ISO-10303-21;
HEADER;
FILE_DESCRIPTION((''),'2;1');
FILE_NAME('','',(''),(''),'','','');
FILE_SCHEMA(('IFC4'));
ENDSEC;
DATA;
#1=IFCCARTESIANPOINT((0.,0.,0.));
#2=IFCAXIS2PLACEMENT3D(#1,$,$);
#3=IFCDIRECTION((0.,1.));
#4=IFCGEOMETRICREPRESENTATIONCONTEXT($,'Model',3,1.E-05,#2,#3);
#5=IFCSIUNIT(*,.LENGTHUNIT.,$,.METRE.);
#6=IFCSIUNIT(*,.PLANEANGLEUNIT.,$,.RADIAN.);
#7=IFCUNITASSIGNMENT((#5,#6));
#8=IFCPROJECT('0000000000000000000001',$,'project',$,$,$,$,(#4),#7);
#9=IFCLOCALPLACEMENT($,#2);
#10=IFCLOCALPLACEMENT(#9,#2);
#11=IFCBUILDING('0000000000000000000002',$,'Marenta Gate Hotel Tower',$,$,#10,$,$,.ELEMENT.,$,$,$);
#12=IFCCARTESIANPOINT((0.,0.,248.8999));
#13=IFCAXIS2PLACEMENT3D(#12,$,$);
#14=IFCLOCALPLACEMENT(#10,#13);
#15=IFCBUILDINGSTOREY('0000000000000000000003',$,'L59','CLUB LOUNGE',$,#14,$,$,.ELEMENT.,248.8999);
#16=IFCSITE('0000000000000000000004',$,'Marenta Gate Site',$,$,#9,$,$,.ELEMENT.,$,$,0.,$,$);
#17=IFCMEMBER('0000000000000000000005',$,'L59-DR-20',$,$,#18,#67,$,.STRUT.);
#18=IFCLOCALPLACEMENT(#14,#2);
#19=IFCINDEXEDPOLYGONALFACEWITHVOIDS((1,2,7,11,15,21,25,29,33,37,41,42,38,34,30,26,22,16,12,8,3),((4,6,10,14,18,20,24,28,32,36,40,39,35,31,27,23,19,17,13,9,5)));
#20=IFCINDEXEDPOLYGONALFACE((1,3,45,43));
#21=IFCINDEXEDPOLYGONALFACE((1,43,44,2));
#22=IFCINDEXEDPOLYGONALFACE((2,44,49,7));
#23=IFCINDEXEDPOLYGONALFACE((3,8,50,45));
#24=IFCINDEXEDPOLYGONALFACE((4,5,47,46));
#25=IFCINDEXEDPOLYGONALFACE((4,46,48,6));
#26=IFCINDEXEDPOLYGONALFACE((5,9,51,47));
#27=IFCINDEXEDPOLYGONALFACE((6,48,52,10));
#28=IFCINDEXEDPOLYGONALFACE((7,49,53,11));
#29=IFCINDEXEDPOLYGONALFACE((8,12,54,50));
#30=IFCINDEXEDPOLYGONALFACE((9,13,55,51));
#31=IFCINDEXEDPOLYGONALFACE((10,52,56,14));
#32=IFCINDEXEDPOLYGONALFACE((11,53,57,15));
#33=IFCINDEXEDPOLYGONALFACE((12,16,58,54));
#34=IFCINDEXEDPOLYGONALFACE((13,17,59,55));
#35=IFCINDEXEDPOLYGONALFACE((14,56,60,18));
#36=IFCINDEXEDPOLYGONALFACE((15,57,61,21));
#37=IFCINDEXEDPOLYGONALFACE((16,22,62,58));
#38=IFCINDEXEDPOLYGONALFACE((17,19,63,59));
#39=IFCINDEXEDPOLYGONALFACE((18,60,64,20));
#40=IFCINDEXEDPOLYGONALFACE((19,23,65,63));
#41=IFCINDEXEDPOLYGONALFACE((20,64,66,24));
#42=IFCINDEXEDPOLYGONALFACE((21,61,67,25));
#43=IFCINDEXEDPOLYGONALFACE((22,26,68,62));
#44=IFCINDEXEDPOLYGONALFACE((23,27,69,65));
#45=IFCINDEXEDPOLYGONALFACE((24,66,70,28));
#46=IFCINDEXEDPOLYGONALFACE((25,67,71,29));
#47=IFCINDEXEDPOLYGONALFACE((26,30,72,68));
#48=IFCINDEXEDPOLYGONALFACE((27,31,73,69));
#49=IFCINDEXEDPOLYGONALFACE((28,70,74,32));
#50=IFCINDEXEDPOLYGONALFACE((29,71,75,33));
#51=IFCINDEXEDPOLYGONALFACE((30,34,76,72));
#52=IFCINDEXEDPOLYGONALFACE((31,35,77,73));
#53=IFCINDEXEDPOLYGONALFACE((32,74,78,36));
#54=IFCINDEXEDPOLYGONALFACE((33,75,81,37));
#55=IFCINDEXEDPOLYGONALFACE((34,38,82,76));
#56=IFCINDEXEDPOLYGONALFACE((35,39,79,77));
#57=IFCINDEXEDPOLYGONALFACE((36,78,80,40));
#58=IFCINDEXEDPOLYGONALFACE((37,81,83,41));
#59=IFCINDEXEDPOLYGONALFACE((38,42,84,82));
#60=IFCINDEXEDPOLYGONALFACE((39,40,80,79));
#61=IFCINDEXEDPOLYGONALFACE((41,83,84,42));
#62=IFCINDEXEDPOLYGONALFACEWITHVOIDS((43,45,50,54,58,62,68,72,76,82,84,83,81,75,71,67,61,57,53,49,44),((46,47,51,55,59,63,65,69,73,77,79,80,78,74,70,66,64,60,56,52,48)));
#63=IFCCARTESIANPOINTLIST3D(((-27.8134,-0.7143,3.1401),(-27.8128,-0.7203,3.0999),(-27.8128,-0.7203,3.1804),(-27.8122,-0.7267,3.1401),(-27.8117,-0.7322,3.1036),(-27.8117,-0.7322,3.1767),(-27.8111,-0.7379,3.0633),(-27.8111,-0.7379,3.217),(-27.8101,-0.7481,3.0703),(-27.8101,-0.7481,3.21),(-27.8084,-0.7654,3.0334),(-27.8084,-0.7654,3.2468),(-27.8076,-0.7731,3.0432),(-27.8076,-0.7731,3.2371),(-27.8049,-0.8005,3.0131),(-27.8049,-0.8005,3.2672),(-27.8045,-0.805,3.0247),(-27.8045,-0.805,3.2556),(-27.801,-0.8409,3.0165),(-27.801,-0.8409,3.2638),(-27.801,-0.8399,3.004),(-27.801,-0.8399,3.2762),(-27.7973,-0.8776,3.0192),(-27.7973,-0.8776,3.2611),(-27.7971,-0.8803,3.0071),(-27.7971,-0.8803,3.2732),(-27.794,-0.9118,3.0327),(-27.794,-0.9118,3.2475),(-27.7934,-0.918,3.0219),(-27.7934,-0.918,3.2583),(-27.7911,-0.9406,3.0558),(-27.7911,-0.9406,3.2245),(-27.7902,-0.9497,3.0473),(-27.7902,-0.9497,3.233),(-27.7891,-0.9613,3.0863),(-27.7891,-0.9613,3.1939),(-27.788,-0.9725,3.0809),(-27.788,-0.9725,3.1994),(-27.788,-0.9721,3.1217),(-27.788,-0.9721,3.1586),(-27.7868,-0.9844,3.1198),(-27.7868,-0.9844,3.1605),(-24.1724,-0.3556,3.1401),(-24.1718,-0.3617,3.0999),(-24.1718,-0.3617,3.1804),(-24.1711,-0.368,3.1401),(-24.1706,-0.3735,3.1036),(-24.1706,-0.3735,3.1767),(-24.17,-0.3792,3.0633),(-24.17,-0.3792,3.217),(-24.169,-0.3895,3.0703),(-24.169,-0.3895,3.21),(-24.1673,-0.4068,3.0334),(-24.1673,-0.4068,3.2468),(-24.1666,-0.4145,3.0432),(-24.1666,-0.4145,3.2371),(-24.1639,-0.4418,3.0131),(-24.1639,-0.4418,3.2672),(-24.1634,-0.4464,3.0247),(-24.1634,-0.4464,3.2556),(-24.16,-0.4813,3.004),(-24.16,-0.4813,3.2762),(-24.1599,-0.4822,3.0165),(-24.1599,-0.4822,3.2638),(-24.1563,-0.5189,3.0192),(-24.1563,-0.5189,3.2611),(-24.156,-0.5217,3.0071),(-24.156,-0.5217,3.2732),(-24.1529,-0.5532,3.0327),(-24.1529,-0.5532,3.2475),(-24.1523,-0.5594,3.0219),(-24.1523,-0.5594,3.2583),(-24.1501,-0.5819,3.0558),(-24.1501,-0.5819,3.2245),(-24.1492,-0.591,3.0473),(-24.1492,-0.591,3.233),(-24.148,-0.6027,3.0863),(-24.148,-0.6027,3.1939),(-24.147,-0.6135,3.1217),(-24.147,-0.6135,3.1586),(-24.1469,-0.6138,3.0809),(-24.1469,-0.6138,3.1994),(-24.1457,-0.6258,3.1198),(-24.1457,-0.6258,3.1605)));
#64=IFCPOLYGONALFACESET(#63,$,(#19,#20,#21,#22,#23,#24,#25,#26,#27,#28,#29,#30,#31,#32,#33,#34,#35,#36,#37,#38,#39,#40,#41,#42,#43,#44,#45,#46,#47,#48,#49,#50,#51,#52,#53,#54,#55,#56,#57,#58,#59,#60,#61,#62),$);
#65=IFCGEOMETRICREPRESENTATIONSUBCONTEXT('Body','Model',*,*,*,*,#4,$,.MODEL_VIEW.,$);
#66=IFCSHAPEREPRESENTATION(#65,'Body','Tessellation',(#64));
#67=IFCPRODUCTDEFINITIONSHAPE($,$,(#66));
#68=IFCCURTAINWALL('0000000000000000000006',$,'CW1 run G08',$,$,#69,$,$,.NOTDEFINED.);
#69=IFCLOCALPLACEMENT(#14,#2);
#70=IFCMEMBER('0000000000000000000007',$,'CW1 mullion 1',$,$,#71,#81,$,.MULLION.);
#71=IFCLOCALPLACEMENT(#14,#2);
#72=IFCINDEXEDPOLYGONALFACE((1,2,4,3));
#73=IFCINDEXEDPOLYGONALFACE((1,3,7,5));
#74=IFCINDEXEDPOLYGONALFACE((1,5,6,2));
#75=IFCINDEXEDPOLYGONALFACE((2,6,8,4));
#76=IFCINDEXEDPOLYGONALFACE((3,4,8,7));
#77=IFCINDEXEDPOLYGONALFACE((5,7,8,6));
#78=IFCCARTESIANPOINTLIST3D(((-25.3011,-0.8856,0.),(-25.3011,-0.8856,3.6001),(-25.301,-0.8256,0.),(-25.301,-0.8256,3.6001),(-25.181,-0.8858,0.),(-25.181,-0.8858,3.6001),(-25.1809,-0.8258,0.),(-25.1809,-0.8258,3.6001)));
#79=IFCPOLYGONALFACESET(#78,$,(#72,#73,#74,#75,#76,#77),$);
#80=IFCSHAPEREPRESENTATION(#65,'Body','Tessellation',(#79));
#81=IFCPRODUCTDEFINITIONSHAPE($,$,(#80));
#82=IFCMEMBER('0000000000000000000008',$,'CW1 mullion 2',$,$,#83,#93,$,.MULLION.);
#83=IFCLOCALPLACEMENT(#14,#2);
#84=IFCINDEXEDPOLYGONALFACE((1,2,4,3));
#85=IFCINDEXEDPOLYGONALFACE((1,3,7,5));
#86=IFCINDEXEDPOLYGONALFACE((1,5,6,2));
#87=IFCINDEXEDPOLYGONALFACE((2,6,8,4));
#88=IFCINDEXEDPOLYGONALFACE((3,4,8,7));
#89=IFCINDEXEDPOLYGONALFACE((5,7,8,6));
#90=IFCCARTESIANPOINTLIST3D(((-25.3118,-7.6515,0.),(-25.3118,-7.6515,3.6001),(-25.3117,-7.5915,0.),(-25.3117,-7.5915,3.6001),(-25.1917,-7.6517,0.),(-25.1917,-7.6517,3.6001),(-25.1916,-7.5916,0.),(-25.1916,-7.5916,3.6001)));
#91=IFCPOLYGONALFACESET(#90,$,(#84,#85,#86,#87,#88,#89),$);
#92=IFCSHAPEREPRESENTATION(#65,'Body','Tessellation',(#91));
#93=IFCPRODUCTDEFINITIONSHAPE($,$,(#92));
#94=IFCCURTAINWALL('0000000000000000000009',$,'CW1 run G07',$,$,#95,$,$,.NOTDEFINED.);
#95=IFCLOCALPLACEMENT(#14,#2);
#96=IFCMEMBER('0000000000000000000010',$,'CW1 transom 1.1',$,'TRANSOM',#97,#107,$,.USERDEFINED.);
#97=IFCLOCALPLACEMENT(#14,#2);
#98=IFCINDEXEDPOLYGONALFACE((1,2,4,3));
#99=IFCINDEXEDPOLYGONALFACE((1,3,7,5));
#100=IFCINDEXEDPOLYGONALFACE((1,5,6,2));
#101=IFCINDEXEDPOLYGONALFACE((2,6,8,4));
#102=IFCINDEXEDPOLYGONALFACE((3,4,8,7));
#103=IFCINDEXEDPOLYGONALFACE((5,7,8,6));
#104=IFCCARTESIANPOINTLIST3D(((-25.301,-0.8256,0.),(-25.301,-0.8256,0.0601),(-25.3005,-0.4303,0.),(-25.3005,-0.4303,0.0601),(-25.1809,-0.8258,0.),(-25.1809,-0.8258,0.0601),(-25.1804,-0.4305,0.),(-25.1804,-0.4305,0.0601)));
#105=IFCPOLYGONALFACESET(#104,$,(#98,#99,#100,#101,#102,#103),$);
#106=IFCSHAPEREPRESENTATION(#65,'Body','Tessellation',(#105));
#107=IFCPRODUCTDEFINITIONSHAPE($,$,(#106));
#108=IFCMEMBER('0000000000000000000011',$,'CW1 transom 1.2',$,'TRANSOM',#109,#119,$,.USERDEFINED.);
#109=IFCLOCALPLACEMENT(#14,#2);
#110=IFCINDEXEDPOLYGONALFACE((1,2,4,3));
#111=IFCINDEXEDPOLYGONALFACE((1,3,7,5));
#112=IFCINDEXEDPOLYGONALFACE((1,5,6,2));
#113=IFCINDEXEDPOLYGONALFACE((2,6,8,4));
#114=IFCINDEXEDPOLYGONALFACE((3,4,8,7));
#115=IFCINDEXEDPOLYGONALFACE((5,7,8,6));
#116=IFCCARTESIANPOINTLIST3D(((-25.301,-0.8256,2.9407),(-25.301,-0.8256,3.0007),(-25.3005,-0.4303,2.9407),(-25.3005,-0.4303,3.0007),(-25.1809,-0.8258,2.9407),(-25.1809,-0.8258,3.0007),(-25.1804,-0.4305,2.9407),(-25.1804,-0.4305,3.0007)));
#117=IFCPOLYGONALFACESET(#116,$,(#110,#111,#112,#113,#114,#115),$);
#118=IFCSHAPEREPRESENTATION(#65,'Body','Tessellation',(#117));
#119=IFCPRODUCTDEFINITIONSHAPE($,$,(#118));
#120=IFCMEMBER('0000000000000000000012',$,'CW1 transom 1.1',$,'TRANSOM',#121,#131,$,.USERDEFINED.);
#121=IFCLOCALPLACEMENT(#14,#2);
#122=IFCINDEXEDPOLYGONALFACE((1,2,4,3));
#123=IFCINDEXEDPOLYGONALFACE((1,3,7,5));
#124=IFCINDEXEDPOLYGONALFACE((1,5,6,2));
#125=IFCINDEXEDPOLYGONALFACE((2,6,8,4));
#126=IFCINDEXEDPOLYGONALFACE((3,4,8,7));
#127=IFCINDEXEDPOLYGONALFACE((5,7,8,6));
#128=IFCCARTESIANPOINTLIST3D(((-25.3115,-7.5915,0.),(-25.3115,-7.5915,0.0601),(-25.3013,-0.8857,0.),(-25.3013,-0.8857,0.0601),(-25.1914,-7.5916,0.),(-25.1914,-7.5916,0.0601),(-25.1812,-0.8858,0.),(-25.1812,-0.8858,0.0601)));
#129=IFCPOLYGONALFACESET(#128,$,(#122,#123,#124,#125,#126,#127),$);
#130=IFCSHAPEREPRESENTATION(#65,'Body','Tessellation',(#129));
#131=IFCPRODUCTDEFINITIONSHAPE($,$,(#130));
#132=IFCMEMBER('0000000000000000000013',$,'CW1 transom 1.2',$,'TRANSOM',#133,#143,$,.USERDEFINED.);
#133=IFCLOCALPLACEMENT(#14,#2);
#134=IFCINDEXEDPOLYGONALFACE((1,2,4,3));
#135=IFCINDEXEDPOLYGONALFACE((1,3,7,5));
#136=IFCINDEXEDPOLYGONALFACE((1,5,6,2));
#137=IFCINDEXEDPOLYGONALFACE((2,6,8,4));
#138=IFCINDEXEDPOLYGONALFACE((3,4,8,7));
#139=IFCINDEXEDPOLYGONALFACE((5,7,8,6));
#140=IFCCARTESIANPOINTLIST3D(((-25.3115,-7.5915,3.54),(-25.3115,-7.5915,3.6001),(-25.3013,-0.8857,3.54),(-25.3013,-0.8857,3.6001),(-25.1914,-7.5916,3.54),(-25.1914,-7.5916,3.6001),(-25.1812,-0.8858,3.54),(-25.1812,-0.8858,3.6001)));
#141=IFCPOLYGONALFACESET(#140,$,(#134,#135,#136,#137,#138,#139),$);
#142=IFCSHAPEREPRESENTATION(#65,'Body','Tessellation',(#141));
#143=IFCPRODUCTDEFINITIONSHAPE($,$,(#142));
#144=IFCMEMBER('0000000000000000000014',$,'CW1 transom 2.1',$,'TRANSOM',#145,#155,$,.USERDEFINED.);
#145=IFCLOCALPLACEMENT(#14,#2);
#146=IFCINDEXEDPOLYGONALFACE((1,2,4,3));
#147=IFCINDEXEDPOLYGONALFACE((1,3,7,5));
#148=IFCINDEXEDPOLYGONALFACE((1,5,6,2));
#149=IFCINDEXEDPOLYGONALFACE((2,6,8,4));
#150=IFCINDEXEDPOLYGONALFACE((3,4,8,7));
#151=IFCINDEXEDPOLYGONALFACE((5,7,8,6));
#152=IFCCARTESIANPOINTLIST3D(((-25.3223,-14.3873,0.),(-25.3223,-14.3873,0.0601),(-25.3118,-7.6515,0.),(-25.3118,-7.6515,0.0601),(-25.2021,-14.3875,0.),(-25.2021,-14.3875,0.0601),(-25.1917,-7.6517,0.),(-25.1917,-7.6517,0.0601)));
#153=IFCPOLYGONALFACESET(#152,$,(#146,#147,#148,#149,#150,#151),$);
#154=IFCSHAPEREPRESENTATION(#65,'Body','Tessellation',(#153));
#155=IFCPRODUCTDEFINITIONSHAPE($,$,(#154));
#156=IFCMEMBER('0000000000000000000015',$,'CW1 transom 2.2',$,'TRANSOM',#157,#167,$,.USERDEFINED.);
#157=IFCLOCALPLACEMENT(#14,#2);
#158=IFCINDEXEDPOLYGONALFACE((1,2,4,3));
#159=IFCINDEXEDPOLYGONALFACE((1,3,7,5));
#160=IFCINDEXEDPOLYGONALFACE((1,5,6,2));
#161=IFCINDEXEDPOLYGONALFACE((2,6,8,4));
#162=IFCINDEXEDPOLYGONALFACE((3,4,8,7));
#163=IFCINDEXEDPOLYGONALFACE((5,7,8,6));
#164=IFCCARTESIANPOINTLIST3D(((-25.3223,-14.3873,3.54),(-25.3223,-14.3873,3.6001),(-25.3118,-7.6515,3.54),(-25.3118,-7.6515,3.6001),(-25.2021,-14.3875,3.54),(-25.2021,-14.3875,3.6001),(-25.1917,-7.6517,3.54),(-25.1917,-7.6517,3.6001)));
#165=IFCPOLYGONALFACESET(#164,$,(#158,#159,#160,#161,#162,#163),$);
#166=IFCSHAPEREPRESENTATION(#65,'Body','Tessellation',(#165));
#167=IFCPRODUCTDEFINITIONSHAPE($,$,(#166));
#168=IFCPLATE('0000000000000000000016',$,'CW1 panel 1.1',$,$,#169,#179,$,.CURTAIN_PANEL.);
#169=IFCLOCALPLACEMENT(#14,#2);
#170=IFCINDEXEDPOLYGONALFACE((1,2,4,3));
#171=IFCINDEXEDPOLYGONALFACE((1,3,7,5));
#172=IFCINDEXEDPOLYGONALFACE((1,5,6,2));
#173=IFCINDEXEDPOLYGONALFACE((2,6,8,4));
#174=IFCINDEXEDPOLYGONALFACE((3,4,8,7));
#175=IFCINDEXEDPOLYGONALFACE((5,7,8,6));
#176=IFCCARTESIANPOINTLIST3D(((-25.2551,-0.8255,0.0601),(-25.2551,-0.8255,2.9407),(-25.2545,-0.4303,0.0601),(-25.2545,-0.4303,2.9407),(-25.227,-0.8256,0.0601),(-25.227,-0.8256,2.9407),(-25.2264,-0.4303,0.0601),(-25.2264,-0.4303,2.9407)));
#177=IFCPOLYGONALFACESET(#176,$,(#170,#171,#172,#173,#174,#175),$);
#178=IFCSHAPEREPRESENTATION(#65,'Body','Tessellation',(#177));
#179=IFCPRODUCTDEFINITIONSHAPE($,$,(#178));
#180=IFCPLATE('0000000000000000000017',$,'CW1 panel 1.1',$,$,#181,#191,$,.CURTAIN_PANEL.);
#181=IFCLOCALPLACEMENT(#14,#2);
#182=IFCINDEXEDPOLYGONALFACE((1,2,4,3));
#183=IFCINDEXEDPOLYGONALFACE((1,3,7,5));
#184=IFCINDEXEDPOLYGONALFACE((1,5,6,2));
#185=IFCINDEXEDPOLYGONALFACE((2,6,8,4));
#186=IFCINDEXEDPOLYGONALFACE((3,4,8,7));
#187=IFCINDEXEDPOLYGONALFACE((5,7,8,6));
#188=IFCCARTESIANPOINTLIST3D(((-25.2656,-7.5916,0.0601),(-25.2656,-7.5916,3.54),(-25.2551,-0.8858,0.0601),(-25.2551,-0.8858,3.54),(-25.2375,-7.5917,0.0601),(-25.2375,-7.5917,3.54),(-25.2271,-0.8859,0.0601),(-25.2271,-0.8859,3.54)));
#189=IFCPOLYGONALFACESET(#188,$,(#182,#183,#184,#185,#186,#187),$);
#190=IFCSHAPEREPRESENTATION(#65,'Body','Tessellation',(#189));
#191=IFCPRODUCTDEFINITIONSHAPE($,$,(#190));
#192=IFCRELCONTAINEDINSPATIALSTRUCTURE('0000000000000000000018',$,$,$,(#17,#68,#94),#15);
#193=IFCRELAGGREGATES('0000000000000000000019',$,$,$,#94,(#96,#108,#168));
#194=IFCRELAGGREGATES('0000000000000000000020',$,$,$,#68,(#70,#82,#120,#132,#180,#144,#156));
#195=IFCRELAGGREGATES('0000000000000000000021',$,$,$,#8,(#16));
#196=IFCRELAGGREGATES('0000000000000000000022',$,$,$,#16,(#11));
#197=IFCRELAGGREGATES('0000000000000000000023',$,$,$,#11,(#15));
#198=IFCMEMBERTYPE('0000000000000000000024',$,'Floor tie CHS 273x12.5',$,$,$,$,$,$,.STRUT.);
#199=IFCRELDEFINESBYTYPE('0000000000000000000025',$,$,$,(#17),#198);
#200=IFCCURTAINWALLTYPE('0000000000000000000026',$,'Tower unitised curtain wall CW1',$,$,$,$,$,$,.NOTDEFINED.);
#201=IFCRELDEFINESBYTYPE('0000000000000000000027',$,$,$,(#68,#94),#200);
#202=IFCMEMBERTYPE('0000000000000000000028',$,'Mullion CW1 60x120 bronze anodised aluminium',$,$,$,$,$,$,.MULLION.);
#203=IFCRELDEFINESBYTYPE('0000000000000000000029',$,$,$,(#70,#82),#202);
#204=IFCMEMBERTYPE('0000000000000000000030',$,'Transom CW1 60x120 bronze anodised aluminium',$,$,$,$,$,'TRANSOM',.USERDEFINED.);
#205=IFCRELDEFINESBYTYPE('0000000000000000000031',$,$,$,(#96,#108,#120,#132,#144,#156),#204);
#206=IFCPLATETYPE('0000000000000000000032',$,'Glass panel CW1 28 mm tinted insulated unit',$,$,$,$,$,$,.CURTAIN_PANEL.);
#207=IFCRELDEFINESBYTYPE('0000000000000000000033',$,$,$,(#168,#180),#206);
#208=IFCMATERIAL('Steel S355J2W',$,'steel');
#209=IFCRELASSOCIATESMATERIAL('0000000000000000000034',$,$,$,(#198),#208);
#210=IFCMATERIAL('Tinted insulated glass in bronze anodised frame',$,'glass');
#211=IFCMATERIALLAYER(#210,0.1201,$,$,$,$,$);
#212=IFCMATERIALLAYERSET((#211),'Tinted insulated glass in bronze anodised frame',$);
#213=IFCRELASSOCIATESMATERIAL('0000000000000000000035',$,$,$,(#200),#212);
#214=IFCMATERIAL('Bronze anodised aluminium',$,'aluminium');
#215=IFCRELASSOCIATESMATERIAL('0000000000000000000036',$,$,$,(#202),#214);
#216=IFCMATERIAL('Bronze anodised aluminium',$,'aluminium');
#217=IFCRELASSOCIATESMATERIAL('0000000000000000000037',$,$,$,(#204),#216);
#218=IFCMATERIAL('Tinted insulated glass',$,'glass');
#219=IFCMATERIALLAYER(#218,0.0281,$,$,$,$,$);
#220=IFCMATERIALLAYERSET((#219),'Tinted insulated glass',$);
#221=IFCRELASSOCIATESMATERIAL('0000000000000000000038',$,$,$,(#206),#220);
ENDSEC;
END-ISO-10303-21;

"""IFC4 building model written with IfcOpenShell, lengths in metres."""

from ifc_helpers import new_model, si_unit, direction, frame, origin, origin_2d, place, context, subcontext, project, spatial, rectangle, hollow_circle, extrude, material, layer, layer_set, material_profile, profile_set, type_object, element, aggregate, save


model = new_model("IFC4")

# Units and contexts
model_context = context("Model", 3, precision=1e-05, world=origin(), true_north=direction((0.0, 1.0)))
body_context = subcontext(model_context, "Body", "Model", "MODEL_VIEW")
ifc_project = project(units=[si_unit("LENGTHUNIT", "METRE"), si_unit("PLANEANGLEUNIT", "RADIAN")], contexts=[model_context])

# Site, building, storey
site_placement = place(None, origin())
site = spatial("IfcSite", under=ifc_project, at=site_placement, Name="Marenta Gate Site", CompositionType="ELEMENT", RefElevation=0.0)
building_placement = place(site_placement, origin())
building = spatial("IfcBuilding", under=site, at=building_placement, Name="Marenta Gate Hotel Tower", CompositionType="ELEMENT")
storey_placement = place(building_placement, frame((0.0, 0.0, 248.8999)))
storey = spatial("IfcBuildingStorey", under=building, at=storey_placement, Name="L59", Description="CLUB LOUNGE", CompositionType="ELEMENT", Elevation=248.8999)

# Member
ifc_material_1 = material(Name="Steel S355J2W", Category="steel")
ifc_material_profile_1 = material_profile(ifc_material_1, hollow_circle(Radius=0.1365, WallThickness=0.0125, at=origin_2d()), Name="CHS 273x12.5")
ifc_profile_set_1 = profile_set([ifc_material_profile_1], Name="Steel S355J2W")
member_type_1 = type_object("IfcMemberType", Name="Floor tie CHS 273x12.5", PredefinedType="STRUT", material=ifc_profile_set_1)
member_1_placement = place(storey_placement, frame((-27.8, -0.8501, 3.1401), z_axis=(0.995184, 0.098024, 0.0), x_axis=(-0.098024, 0.995184, 0.0)))
element("IfcMember", 1, at=member_1_placement, inside=storey, type_object=member_type_1, Name="L59-DR-20", PredefinedType="STRUT", context=body_context, shape_type="SweptSolid", body=[
    extrude(hollow_circle(Radius=0.1365, WallThickness=0.0125, at=origin_2d()), origin(), (0.0, 0.0, 1.0), 3.6587),
])

# Curtain walls, members
ifc_material_2 = material(Name="Tinted insulated glass in bronze anodised frame", Category="glass")
ifc_layer_1 = layer(ifc_material_2, 0.1201)
ifc_layer_set_1 = layer_set([ifc_layer_1], Name="Tinted insulated glass in bronze anodised frame")
curtain_wall_type = type_object("IfcCurtainWallType", Name="Tower unitised curtain wall CW1", PredefinedType="NOTDEFINED", material=ifc_layer_set_1)
curtain_wall_1_placement = place(storey_placement, origin())
curtain_wall_1 = element("IfcCurtainWall", 2, at=curtain_wall_1_placement, inside=storey, type_object=curtain_wall_type, Name="CW1 run G08", PredefinedType="NOTDEFINED")
ifc_material_3 = material(Name="Bronze anodised aluminium", Category="aluminium")
ifc_material_profile_2 = material_profile(ifc_material_3, rectangle(XDim=0.1201, YDim=0.0601, at=origin_2d()), Name="Mullion CW1 60x120 bronze anodised aluminium")
ifc_profile_set_2 = profile_set([ifc_material_profile_2], Name="Bronze anodised aluminium")
member_type_2 = type_object("IfcMemberType", Name="Mullion CW1 60x120 bronze anodised aluminium", PredefinedType="MULLION", material=ifc_profile_set_2)
member_2_placement = place(storey_placement, frame((-25.241, -0.8557, 0.0), z_axis=(0.0, 0.0, 1.0), x_axis=(0.999999, -0.001565, 0.0)))
member_2 = element("IfcMember", 3, at=member_2_placement, type_object=member_type_2, Name="CW1 mullion 1", PredefinedType="MULLION", context=body_context, shape_type="SweptSolid", body=[
    extrude(rectangle(XDim=0.1201, YDim=0.0601, at=origin_2d()), origin(), (0.0, 0.0, 1.0), 3.6001),
])
member_3_placement = place(storey_placement, frame((-25.2517, -7.6216, 0.0), z_axis=(0.0, 0.0, 1.0), x_axis=(0.999999, -0.001565, 0.0)))
member_3 = element("IfcMember", 4, at=member_3_placement, type_object=member_type_2, Name="CW1 mullion 2", PredefinedType="MULLION", context=body_context, shape_type="SweptSolid", body=[
    extrude(rectangle(XDim=0.1201, YDim=0.0601, at=origin_2d()), origin(), (0.0, 0.0, 1.0), 3.6001),
])
curtain_wall_2_placement = place(storey_placement, origin())
curtain_wall_2 = element("IfcCurtainWall", 5, at=curtain_wall_2_placement, inside=storey, type_object=curtain_wall_type, Name="CW1 run G07", PredefinedType="NOTDEFINED")
ifc_material_4 = material(Name="Bronze anodised aluminium", Category="aluminium")
ifc_material_profile_3 = material_profile(ifc_material_4, rectangle(XDim=0.1201, YDim=0.0601, at=origin_2d()), Name="Transom CW1 60x120 bronze anodised aluminium")
ifc_profile_set_3 = profile_set([ifc_material_profile_3], Name="Bronze anodised aluminium")
member_type_3 = type_object("IfcMemberType", Name="Transom CW1 60x120 bronze anodised aluminium", ElementType="TRANSOM", PredefinedType="USERDEFINED", material=ifc_profile_set_3)
member_4_placement = place(storey_placement, frame((-25.2405, -0.4304, 0.03), z_axis=(-0.001235, -0.999999, 0.0), x_axis=(0.999999, -0.001235, 0.0)))
member_4 = element("IfcMember", 6, at=member_4_placement, type_object=member_type_3, Name="CW1 transom 1.1", ObjectType="TRANSOM", PredefinedType="USERDEFINED", context=body_context, shape_type="SweptSolid", body=[
    extrude(rectangle(XDim=0.1201, YDim=0.0601, at=origin_2d()), origin(), (0.0, 0.0, 1.0), 0.3953),
])
member_5_placement = place(storey_placement, frame((-25.2405, -0.4304, 2.9707), z_axis=(-0.001235, -0.999999, 0.0), x_axis=(0.999999, -0.001235, 0.0)))
member_5 = element("IfcMember", 7, at=member_5_placement, type_object=member_type_3, Name="CW1 transom 1.2", ObjectType="TRANSOM", PredefinedType="USERDEFINED", context=body_context, shape_type="SweptSolid", body=[
    extrude(rectangle(XDim=0.1201, YDim=0.0601, at=origin_2d()), origin(), (0.0, 0.0, 1.0), 0.3953),
])

# Members
member_6_placement = place(storey_placement, frame((-25.2412, -0.8857, 0.03), z_axis=(-0.001529, -0.999999, 0.0), x_axis=(0.999999, -0.001529, 0.0)))
member_6 = element("IfcMember", 8, at=member_6_placement, type_object=member_type_3, Name="CW1 transom 1.1", ObjectType="TRANSOM", PredefinedType="USERDEFINED", context=body_context, shape_type="SweptSolid", body=[
    extrude(rectangle(XDim=0.1201, YDim=0.0601, at=origin_2d()), origin(), (0.0, 0.0, 1.0), 6.7058),
])
member_7_placement = place(storey_placement, frame((-25.2412, -0.8857, 3.5701), z_axis=(-0.001529, -0.999999, 0.0), x_axis=(0.999999, -0.001529, 0.0)))
member_7 = element("IfcMember", 9, at=member_7_placement, type_object=member_type_3, Name="CW1 transom 1.2", ObjectType="TRANSOM", PredefinedType="USERDEFINED", context=body_context, shape_type="SweptSolid", body=[
    extrude(rectangle(XDim=0.1201, YDim=0.0601, at=origin_2d()), origin(), (0.0, 0.0, 1.0), 6.7058),
])
member_8_placement = place(storey_placement, frame((-25.2517, -7.6516, 0.03), z_axis=(-0.001559, -0.999999, 0.0), x_axis=(0.999999, -0.001559, 0.0)))
member_8 = element("IfcMember", 10, at=member_8_placement, type_object=member_type_3, Name="CW1 transom 2.1", ObjectType="TRANSOM", PredefinedType="USERDEFINED", context=body_context, shape_type="SweptSolid", body=[
    extrude(rectangle(XDim=0.1201, YDim=0.0601, at=origin_2d()), origin(), (0.0, 0.0, 1.0), 6.7358),
])
member_9_placement = place(storey_placement, frame((-25.2517, -7.6516, 3.5701), z_axis=(-0.001559, -0.999999, 0.0), x_axis=(0.999999, -0.001559, 0.0)))
member_9 = element("IfcMember", 11, at=member_9_placement, type_object=member_type_3, Name="CW1 transom 2.2", ObjectType="TRANSOM", PredefinedType="USERDEFINED", context=body_context, shape_type="SweptSolid", body=[
    extrude(rectangle(XDim=0.1201, YDim=0.0601, at=origin_2d()), origin(), (0.0, 0.0, 1.0), 6.7358),
])

# Plates
ifc_material_5 = material(Name="Tinted insulated glass", Category="glass")
ifc_layer_2 = layer(ifc_material_5, 0.0281)
ifc_layer_set_2 = layer_set([ifc_layer_2], Name="Tinted insulated glass")
plate_type = type_object("IfcPlateType", Name="Glass panel CW1 28 mm tinted insulated unit", PredefinedType="CURTAIN_PANEL", material=ifc_layer_set_2)
plate_1_placement = place(storey_placement, frame((-25.2407, -0.6279, 0.0601), z_axis=(0.0, 0.0, 1.0), x_axis=(-0.001537, -0.999999, 0.0)))
plate_1 = element("IfcPlate", 12, at=plate_1_placement, type_object=plate_type, Name="CW1 panel 1.1", PredefinedType="CURTAIN_PANEL", context=body_context, shape_type="SweptSolid", body=[
    extrude(rectangle(XDim=0.3953, YDim=0.0281, at=origin_2d()), origin(), (0.0, 0.0, 1.0), 2.8806),
])
aggregate(curtain_wall_2, [member_4, member_5, plate_1])
plate_2_placement = place(storey_placement, frame((-25.2463, -4.2388, 0.0601), z_axis=(0.0, 0.0, 1.0), x_axis=(-0.001565, -0.999999, 0.0)))
plate_2 = element("IfcPlate", 13, at=plate_2_placement, type_object=plate_type, Name="CW1 panel 1.1", PredefinedType="CURTAIN_PANEL", context=body_context, shape_type="SweptSolid", body=[
    extrude(rectangle(XDim=6.7058, YDim=0.0281, at=origin_2d()), origin(), (0.0, 0.0, 1.0), 3.48),
])
aggregate(curtain_wall_1, [member_2, member_3, member_6, member_7, plate_2, member_8, member_9])

save(model, "model.ifc")
